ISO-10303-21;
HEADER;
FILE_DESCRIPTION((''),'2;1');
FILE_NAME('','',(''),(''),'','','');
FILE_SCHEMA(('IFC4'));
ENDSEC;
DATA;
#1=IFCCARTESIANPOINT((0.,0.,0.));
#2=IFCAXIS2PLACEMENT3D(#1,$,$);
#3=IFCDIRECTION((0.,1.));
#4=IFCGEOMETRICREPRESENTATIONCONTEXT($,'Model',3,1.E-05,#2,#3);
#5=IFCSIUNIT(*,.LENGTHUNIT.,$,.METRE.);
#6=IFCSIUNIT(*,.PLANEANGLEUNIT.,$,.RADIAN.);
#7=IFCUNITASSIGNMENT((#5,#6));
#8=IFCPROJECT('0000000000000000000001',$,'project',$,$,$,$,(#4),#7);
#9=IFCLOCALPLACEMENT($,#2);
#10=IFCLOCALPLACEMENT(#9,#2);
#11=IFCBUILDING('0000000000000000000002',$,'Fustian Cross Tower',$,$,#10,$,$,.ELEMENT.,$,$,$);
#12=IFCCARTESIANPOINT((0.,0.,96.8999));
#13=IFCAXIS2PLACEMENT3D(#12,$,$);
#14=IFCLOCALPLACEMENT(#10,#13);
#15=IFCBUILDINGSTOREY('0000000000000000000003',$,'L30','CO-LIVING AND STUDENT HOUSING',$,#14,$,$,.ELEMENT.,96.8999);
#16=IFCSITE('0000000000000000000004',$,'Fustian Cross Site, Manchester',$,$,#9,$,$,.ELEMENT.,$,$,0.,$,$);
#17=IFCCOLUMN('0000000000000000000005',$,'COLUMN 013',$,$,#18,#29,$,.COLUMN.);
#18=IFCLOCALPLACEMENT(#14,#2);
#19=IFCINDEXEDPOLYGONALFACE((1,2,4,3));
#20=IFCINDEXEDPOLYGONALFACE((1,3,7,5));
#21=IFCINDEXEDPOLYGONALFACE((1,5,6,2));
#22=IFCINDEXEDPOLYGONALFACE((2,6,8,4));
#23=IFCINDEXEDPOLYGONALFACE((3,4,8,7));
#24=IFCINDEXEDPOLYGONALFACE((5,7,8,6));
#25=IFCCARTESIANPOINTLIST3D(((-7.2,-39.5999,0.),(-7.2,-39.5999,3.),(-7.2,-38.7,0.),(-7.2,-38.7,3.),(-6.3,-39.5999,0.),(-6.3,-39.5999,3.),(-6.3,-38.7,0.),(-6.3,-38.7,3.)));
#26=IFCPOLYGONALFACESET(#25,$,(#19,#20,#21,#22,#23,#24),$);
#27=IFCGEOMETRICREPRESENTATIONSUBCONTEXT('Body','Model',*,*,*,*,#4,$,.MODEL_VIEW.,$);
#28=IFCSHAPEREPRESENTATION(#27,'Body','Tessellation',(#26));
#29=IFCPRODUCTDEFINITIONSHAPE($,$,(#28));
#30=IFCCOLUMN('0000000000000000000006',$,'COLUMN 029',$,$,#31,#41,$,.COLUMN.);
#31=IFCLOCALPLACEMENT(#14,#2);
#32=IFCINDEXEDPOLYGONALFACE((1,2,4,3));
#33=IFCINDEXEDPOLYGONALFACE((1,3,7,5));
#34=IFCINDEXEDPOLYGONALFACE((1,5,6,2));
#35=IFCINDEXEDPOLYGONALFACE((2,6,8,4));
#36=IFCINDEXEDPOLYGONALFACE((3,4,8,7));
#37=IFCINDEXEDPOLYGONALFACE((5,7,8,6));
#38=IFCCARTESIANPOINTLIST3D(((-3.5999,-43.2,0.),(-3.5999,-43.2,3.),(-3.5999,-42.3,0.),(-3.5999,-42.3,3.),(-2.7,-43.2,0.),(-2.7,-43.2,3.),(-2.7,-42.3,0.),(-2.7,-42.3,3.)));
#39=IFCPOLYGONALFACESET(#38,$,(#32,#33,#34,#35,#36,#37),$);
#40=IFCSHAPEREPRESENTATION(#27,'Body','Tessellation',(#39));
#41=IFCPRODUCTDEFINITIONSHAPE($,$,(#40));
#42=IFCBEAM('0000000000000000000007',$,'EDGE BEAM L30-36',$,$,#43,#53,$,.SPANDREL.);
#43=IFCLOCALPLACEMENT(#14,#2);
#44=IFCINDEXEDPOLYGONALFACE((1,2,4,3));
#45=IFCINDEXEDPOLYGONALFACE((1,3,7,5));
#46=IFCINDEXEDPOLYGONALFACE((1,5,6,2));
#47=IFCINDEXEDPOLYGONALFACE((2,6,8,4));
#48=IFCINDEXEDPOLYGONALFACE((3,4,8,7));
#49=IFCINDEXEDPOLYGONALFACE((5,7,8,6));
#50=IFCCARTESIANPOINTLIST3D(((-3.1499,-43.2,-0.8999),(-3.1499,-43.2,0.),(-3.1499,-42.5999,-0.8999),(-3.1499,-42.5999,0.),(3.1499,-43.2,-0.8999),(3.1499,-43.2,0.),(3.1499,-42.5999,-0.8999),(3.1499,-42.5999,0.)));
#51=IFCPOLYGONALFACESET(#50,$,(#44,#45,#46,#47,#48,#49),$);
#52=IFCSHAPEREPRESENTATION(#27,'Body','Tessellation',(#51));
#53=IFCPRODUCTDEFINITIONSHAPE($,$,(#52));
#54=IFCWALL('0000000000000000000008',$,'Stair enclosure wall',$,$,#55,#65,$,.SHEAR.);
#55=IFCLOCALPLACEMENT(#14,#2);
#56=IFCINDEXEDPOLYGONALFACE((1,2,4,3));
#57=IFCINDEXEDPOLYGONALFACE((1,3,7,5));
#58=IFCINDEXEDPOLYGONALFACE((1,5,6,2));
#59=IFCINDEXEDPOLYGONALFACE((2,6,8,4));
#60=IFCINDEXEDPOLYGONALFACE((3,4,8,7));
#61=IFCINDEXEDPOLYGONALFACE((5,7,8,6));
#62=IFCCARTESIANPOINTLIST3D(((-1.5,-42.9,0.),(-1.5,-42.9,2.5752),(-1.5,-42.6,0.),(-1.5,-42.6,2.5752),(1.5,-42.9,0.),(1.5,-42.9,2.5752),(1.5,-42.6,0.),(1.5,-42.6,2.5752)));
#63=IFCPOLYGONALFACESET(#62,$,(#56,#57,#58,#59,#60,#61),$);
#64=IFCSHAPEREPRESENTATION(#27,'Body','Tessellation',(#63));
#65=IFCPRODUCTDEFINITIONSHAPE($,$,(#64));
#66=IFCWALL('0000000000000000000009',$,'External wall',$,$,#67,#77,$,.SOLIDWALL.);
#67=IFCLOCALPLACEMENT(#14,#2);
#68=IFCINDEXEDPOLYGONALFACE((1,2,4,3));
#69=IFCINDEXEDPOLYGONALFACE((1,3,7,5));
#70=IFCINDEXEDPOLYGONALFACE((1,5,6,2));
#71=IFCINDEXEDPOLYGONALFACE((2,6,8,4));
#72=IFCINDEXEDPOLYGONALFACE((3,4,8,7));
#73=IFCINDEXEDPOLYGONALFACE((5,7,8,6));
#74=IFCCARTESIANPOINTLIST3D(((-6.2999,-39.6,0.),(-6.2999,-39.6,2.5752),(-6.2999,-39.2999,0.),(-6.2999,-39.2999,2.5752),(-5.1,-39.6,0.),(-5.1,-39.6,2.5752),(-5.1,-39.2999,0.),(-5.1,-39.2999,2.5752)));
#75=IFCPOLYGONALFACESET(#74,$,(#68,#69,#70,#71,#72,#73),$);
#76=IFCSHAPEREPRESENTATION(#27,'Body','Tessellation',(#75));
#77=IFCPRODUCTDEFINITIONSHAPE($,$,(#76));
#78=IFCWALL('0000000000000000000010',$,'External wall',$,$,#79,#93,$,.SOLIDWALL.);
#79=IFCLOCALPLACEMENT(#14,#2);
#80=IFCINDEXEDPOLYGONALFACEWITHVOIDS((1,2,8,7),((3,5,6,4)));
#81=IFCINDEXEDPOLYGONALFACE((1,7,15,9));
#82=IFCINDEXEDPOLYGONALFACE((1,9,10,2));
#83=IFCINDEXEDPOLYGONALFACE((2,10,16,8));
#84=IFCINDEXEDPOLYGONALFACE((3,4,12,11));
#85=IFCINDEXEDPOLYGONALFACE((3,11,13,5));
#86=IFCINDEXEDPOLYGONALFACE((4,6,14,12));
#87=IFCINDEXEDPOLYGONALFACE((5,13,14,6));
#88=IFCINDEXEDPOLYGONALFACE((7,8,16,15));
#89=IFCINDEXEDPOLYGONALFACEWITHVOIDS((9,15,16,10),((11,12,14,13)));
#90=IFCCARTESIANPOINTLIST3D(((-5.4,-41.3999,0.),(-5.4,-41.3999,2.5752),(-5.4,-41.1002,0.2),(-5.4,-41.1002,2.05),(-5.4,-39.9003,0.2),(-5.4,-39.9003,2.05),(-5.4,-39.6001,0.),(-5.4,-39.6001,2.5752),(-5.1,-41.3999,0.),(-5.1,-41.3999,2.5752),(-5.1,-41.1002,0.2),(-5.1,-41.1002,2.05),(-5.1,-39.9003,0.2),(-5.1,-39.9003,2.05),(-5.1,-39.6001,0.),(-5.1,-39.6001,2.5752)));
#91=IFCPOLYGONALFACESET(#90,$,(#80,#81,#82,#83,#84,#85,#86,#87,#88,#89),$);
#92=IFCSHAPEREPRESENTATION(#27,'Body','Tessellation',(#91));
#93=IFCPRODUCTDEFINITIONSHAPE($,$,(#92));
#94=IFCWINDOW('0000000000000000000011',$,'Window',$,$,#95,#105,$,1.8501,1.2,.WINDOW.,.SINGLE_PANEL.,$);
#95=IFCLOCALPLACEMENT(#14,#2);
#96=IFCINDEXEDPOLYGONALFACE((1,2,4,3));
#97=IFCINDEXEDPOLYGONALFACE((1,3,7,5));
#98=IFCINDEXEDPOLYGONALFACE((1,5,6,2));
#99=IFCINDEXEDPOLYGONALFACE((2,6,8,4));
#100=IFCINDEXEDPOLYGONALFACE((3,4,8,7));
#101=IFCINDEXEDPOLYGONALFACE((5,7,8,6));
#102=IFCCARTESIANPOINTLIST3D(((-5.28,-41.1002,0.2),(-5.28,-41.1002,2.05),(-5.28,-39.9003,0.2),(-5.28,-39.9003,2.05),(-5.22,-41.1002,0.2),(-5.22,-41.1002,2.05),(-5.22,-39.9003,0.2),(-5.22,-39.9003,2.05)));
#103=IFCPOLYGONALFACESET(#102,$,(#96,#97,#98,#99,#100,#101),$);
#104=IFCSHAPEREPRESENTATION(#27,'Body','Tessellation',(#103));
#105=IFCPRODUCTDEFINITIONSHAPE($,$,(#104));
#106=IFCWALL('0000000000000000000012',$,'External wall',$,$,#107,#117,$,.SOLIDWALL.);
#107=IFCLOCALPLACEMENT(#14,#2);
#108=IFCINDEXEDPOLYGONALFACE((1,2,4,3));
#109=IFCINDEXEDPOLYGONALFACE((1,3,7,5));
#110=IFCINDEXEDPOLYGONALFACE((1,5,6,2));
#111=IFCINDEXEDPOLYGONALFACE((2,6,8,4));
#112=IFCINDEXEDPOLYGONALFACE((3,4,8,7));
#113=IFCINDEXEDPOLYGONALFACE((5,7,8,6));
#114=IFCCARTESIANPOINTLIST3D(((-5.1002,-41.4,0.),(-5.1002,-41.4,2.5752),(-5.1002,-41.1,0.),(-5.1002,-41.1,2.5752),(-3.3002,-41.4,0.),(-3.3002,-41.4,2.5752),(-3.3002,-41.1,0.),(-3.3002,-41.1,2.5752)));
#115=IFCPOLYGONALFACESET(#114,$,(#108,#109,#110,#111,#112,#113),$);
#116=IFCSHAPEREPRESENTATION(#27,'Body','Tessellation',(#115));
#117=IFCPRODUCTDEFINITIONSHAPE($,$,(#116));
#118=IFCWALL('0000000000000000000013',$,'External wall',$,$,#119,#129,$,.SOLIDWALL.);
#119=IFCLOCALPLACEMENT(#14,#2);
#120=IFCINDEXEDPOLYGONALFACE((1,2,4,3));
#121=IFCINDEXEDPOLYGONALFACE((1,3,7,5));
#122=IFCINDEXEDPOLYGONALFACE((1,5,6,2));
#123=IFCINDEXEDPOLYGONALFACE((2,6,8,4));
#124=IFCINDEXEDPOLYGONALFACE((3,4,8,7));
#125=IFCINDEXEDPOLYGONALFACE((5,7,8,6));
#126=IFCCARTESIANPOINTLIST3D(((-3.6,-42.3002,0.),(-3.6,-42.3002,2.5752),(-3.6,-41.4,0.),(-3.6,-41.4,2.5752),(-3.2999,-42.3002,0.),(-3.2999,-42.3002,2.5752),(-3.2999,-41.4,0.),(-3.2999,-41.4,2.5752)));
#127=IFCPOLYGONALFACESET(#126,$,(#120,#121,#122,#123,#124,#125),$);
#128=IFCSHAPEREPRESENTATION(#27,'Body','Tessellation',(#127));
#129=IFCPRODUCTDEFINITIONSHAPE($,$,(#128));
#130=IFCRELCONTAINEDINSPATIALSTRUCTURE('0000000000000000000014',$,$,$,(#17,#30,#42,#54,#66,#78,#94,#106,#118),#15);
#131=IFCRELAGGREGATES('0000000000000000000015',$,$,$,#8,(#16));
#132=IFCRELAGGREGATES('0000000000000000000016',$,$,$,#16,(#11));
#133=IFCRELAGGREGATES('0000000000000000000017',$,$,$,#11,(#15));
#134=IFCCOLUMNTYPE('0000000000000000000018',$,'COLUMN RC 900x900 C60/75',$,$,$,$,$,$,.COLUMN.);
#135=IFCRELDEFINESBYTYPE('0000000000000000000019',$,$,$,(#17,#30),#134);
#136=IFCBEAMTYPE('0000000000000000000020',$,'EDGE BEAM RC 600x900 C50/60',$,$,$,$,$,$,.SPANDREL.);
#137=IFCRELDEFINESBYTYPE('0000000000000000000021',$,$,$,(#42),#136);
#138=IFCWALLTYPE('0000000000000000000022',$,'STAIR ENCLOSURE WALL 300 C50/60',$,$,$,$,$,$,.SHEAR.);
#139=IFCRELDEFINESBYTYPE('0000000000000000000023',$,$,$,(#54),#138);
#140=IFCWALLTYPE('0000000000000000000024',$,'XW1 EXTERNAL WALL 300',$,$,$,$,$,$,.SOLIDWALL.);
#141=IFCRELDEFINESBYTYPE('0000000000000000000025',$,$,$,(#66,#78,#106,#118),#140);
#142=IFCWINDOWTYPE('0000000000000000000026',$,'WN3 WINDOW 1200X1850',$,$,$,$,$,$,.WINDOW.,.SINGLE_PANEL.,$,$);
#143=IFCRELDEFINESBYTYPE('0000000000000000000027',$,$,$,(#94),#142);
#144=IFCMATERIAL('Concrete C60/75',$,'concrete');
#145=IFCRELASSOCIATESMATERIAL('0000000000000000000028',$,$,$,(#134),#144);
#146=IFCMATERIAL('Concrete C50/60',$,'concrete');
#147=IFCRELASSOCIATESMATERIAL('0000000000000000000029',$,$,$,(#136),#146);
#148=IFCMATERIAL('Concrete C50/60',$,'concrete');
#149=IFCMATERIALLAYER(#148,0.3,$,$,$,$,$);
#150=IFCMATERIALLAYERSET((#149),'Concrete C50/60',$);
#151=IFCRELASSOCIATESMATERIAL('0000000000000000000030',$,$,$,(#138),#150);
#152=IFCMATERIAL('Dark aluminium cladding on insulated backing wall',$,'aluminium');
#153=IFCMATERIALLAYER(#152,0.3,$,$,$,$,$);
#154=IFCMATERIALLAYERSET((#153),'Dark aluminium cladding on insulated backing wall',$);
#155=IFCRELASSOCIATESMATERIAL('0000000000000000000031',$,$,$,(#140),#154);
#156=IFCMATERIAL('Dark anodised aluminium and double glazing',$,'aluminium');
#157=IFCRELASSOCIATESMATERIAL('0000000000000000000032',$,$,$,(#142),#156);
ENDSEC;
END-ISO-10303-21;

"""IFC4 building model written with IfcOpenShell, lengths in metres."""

from ifc_helpers import new_model, si_unit, direction, frame, frame_2d, origin, origin_2d, place, context, subcontext, project, spatial, rectangle, extrude, material, layer, layer_set, material_profile, profile_set, type_object, element, fill, save


model = new_model("IFC4")

# Units and contexts
model_context = context("Model", 3, precision=1e-05, world=origin(), true_north=direction((0.0, 1.0)))
body_context = subcontext(model_context, "Body", "Model", "MODEL_VIEW")
ifc_project = project(units=[si_unit("LENGTHUNIT", "METRE"), si_unit("PLANEANGLEUNIT", "RADIAN")], contexts=[model_context])

# Site, building, storey
site_placement = place(None, origin())
site = spatial("IfcSite", under=ifc_project, at=site_placement, Name="Fustian Cross Site, Manchester", CompositionType="ELEMENT", RefElevation=0.0)
building_placement = place(site_placement, origin())
building = spatial("IfcBuilding", under=site, at=building_placement, Name="Fustian Cross Tower", CompositionType="ELEMENT")
storey_placement = place(building_placement, frame((0.0, 0.0, 96.8999)))
storey = spatial("IfcBuildingStorey", under=building, at=storey_placement, Name="L30", Description="CO-LIVING AND STUDENT HOUSING", CompositionType="ELEMENT", Elevation=96.8999)

# Columns
ifc_material_1 = material(Name="Concrete C60/75", Category="concrete")
ifc_material_profile_1 = material_profile(ifc_material_1, rectangle(XDim=0.8999, YDim=0.8999, at=origin_2d()), Name="RC 900x900")
ifc_profile_set_1 = profile_set([ifc_material_profile_1], Name="Concrete C60/75")
column_type = type_object("IfcColumnType", Name="COLUMN RC 900x900 C60/75", PredefinedType="COLUMN", material=ifc_profile_set_1)
for number, where, z_axis, x_axis, name in (
    (1, (-6.75, -39.1499, 0.0), (0.0, 0.0, 1.0), (1.0, 0.0, 0.0), "COLUMN 013"),
    (2, (-3.1499, -42.75, 0.0), (0.0, 0.0, 1.0), (1.0, 0.0, 0.0), "COLUMN 029"),
):
    element("IfcColumn", number, at=place(storey_placement, frame(where, z_axis=z_axis, x_axis=x_axis)), inside=storey, type_object=column_type, Name=name, PredefinedType="COLUMN", context=body_context, shape_type="SweptSolid", body=[
        extrude(rectangle(XDim=0.8999, YDim=0.8999, at=origin_2d()), origin(), (0.0, 0.0, 1.0), 3.0),
    ])

# Beam
ifc_material_2 = material(Name="Concrete C50/60", Category="concrete")
ifc_material_profile_2 = material_profile(ifc_material_2, rectangle(XDim=0.6001, YDim=0.8999, at=origin_2d()), Name="RC 600x900")
ifc_profile_set_2 = profile_set([ifc_material_profile_2], Name="Concrete C50/60")
beam_type = type_object("IfcBeamType", Name="EDGE BEAM RC 600x900 C50/60", PredefinedType="SPANDREL", material=ifc_profile_set_2)
beam_placement = place(storey_placement, frame((-3.1499, -42.8999, -0.45), z_axis=(1.0, 0.0, 0.0), x_axis=(0.0, 1.0, 0.0)))
element("IfcBeam", 3, at=beam_placement, inside=storey, type_object=beam_type, Name="EDGE BEAM L30-36", PredefinedType="SPANDREL", context=body_context, shape_type="SweptSolid", body=[
    extrude(rectangle(XDim=0.6001, YDim=0.8999, at=origin_2d()), origin(), (0.0, 0.0, 1.0), 6.2998),
])

# Walls
ifc_material_3 = material(Name="Concrete C50/60", Category="concrete")
ifc_layer_1 = layer(ifc_material_3, 0.3)
ifc_layer_set_1 = layer_set([ifc_layer_1], Name="Concrete C50/60")
wall_type_1 = type_object("IfcWallType", Name="STAIR ENCLOSURE WALL 300 C50/60", PredefinedType="SHEAR", material=ifc_layer_set_1)
wall_1_placement = place(storey_placement, frame((-1.5, -42.75, 0.0), z_axis=(0.0, 0.0, 1.0), x_axis=(1.0, 0.0, 0.0)))
element("IfcWall", 4, at=wall_1_placement, inside=storey, type_object=wall_type_1, Name="Stair enclosure wall", PredefinedType="SHEAR", context=body_context, shape_type="SweptSolid", body=[
    extrude(rectangle(XDim=3.0, YDim=0.3, at=frame_2d((1.5, 0.0))), origin(), (0.0, 0.0, 1.0), 2.5752),
])
ifc_material_4 = material(Name="Dark aluminium cladding on insulated backing wall", Category="aluminium")
ifc_layer_2 = layer(ifc_material_4, 0.3)
ifc_layer_set_2 = layer_set([ifc_layer_2], Name="Dark aluminium cladding on insulated backing wall")
wall_type_2 = type_object("IfcWallType", Name="XW1 EXTERNAL WALL 300", PredefinedType="SOLIDWALL", material=ifc_layer_set_2)
wall_2_placement = place(storey_placement, frame((-6.3, -39.45, 0.0), z_axis=(0.0, 0.0, 1.0), x_axis=(1.0, 0.0, 0.0)))
element("IfcWall", 5, at=wall_2_placement, inside=storey, type_object=wall_type_2, Name="External wall", PredefinedType="SOLIDWALL", context=body_context, shape_type="SweptSolid", body=[
    extrude(rectangle(XDim=1.2, YDim=0.3, at=frame_2d((0.6001, 0.0))), origin(), (0.0, 0.0, 1.0), 2.5752),
])

# Wall, opening, window
wall_3_placement = place(storey_placement, frame((-5.25, -39.6001, 0.0), z_axis=(0.0, 0.0, 1.0), x_axis=(0.0, -1.0, 0.0)))
wall_3 = element("IfcWall", 6, at=wall_3_placement, inside=storey, type_object=wall_type_2, Name="External wall", PredefinedType="SOLIDWALL", context=body_context, shape_type="SweptSolid", body=[
    extrude(rectangle(XDim=1.7998, YDim=0.3, at=frame_2d((0.8999, 0.0))), origin(), (0.0, 0.0, 1.0), 2.5752),
])
opening_1_placement = place(wall_3_placement, frame((0.3, 0.0, 0.2)))
opening_1 = element("IfcOpeningElement", 7, at=opening_1_placement, cuts=wall_3, PredefinedType="OPENING", context=body_context, shape_type="SweptSolid", body=[
    extrude(rectangle(XDim=1.2, YDim=1.8501, at=frame_2d((0.6001, 0.925))), frame((0.0, 0.1599, 0.0), z_axis=(0.0, -1.0, 0.0), x_axis=(1.0, 0.0, 0.0)), (0.0, 0.0, 1.0), 0.3201),
])
ifc_material_5 = material(Name="Dark anodised aluminium and double glazing", Category="aluminium")
window_type_1 = type_object("IfcWindowType", Name="WN3 WINDOW 1200X1850", PartitioningType="SINGLE_PANEL", PredefinedType="WINDOW", material=ifc_material_5)
window_1_placement = place(opening_1_placement, origin())
window_1 = element("IfcWindow", 8, at=window_1_placement, inside=storey, type_object=window_type_1, Name="Window", OverallHeight=1.8501, OverallWidth=1.2, PartitioningType="SINGLE_PANEL", PredefinedType="WINDOW", context=body_context, shape_type="SweptSolid", body=[
    extrude(rectangle(XDim=1.2, YDim=1.8501, at=frame_2d((0.6001, 0.925))), frame((0.0, 0.03, 0.0), z_axis=(0.0, -1.0, 0.0), x_axis=(1.0, 0.0, 0.0)), (0.0, 0.0, 1.0), 0.0601),
])
fill(opening_1, window_1)

# Walls
wall_4_placement = place(storey_placement, frame((-5.1001, -41.25, 0.0), z_axis=(0.0, 0.0, 1.0), x_axis=(1.0, 0.0, 0.0)))
element("IfcWall", 9, at=wall_4_placement, inside=storey, type_object=wall_type_2, Name="External wall", PredefinedType="SOLIDWALL", context=body_context, shape_type="SweptSolid", body=[
    extrude(rectangle(XDim=1.8, YDim=0.3, at=frame_2d((0.8999, 0.0))), origin(), (0.0, 0.0, 1.0), 2.5752),
])
wall_5_placement = place(storey_placement, frame((-3.45, -41.3999, 0.0), z_axis=(0.0, 0.0, 1.0), x_axis=(0.0, -1.0, 0.0)))
element("IfcWall", 10, at=wall_5_placement, inside=storey, type_object=wall_type_2, Name="External wall", PredefinedType="SOLIDWALL", context=body_context, shape_type="SweptSolid", body=[
    extrude(rectangle(XDim=0.9001, YDim=0.3, at=frame_2d((0.4502, 0.0))), origin(), (0.0, 0.0, 1.0), 2.5752),
])

save(model, "model.ifc")
